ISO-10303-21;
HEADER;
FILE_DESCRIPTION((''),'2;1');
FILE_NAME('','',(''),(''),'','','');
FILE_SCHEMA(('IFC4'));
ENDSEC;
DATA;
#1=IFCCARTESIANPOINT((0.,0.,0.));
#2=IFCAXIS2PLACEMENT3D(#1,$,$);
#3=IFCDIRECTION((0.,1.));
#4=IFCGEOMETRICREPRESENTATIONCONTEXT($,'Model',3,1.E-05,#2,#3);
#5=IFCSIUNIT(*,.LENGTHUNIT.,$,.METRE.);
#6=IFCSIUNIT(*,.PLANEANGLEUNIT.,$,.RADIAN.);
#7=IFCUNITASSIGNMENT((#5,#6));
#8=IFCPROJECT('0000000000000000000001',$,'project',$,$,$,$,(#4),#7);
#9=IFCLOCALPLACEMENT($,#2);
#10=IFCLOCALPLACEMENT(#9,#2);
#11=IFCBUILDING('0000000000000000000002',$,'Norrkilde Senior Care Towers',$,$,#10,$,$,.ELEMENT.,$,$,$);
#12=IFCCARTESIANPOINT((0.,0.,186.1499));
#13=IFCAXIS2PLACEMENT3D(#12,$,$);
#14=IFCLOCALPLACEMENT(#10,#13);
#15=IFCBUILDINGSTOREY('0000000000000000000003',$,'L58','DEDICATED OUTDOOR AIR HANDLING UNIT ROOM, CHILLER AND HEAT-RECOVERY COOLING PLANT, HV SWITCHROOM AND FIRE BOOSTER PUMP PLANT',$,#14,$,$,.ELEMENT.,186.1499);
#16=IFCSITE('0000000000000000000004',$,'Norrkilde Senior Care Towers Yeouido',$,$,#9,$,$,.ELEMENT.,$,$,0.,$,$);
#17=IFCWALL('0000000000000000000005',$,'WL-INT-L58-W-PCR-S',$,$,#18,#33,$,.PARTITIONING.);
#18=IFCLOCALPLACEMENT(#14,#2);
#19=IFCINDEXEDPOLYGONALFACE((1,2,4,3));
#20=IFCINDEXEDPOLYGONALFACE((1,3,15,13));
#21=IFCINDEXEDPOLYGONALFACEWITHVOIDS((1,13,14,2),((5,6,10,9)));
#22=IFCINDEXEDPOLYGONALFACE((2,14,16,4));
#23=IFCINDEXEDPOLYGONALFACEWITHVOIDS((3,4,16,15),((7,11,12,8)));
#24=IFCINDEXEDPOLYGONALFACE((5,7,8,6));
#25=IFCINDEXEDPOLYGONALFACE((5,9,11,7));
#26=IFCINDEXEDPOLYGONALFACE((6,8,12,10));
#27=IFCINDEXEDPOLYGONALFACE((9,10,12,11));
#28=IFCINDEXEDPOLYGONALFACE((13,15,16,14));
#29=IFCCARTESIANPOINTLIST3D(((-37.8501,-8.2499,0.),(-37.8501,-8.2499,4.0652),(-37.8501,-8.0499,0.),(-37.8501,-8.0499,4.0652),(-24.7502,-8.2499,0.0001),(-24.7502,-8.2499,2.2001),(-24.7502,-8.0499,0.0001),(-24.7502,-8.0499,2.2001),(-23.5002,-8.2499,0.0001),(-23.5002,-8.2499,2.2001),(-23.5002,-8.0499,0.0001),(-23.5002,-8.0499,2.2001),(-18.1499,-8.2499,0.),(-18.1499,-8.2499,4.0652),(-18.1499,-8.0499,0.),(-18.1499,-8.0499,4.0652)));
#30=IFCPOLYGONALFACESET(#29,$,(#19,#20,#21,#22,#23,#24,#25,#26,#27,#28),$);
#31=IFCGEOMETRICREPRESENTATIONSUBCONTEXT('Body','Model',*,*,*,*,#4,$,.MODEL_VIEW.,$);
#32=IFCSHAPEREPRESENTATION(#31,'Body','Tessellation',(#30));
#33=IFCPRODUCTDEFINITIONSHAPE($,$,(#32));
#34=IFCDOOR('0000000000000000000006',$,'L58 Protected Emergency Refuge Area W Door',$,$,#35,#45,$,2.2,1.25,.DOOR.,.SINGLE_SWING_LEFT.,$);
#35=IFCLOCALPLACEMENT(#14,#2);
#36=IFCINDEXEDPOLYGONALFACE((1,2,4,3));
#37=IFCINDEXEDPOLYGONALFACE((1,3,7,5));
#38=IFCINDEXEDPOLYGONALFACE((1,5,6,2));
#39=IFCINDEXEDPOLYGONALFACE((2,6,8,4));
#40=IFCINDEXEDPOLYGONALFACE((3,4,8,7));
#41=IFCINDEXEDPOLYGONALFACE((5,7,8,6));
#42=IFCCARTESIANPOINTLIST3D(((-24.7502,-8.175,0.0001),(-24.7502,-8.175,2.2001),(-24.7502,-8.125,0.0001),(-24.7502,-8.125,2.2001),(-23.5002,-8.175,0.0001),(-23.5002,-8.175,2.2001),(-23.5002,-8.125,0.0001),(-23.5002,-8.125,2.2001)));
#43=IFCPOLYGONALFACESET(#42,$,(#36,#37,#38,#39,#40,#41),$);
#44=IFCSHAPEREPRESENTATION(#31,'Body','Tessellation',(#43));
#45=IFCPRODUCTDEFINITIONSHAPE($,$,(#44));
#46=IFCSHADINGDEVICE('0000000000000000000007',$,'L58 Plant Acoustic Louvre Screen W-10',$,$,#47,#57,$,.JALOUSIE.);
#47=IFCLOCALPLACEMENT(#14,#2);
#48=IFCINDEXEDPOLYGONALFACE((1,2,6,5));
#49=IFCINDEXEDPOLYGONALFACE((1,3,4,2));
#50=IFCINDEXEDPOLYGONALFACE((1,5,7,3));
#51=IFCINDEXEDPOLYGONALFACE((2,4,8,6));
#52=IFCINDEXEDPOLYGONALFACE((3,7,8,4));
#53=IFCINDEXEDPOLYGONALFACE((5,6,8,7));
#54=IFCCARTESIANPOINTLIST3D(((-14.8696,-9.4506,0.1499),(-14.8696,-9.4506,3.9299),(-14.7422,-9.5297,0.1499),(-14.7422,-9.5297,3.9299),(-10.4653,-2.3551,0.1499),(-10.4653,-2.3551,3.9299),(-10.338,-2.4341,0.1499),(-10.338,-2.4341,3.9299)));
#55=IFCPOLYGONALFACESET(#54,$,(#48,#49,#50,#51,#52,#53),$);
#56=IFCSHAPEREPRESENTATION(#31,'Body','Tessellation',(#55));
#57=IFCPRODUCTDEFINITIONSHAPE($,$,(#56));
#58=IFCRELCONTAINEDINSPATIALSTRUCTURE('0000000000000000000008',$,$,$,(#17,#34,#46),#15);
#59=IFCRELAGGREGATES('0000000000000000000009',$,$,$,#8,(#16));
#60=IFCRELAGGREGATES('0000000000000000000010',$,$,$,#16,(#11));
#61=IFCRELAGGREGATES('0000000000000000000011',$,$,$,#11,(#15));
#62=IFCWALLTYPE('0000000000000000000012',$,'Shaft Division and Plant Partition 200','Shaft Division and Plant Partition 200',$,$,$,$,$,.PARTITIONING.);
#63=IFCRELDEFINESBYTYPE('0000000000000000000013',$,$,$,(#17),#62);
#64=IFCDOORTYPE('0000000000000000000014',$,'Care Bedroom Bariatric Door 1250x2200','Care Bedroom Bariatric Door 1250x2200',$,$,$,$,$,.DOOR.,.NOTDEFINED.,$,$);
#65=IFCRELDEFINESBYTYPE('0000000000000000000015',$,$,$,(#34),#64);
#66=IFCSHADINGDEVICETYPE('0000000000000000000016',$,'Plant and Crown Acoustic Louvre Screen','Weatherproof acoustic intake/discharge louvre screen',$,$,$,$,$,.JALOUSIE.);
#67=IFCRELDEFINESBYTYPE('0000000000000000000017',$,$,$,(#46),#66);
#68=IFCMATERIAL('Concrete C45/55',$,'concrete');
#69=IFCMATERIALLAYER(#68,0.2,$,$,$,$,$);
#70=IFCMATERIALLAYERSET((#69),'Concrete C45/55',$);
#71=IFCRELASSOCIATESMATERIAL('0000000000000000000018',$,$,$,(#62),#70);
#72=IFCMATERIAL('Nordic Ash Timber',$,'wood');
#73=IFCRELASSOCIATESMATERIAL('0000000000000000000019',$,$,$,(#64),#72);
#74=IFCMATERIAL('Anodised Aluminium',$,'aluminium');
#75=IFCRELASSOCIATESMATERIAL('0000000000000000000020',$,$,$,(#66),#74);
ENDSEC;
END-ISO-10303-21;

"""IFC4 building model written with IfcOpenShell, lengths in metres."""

from ifc_helpers import new_model, si_unit, direction, frame, frame_2d, origin, origin_2d, place, context, subcontext, project, spatial, rectangle, extrude, source, transform, mapped, material, layer, layer_set, type_object, type_shapes, element, fill, save


model = new_model("IFC4")

# Units and contexts
model_context = context("Model", 3, precision=1e-05, world=origin(), true_north=direction((0.0, 1.0)))
body_context = subcontext(model_context, "Body", "Model", "MODEL_VIEW")
ifc_project = project(units=[si_unit("LENGTHUNIT", "METRE"), si_unit("PLANEANGLEUNIT", "RADIAN")], contexts=[model_context])

# Site, building, storey
site_placement = place(None, origin())
site = spatial("IfcSite", under=ifc_project, at=site_placement, Name="Norrkilde Senior Care Towers Yeouido", CompositionType="ELEMENT", RefElevation=0.0)
building_placement = place(site_placement, origin())
building = spatial("IfcBuilding", under=site, at=building_placement, Name="Norrkilde Senior Care Towers", CompositionType="ELEMENT")
storey_placement = place(building_placement, frame((0.0, 0.0, 186.1499)))
storey = spatial("IfcBuildingStorey", under=building, at=storey_placement, Name="L58", Description="DEDICATED OUTDOOR AIR HANDLING UNIT ROOM, CHILLER AND HEAT-RECOVERY COOLING PLANT, HV SWITCHROOM AND FIRE BOOSTER PUMP PLANT", CompositionType="ELEMENT", Elevation=186.1499)

# Shared definitions
ifc_material_1 = material(Name="Anodised Aluminium", Category="aluminium")

# Wall, opening, door
ifc_material_2 = material(Name="Concrete C45/55", Category="concrete")
ifc_layer_1 = layer(ifc_material_2, 0.2)
ifc_layer_set_1 = layer_set([ifc_layer_1], Name="Concrete C45/55")
wall_type = type_object("IfcWallType", Name="Shaft Division and Plant Partition 200", Description="Shaft Division and Plant Partition 200", PredefinedType="PARTITIONING", material=ifc_layer_set_1)
shared_shape_1 = source(origin(), body_context, "Body", "SweptSolid", [
    extrude(rectangle(XDim=19.7002, YDim=0.2, at=frame_2d((9.8501, 0.0))), origin(), (0.0, 0.0, 1.0), 4.0652),
])
type_shapes(wall_type, [shared_shape_1])
wall_placement = place(storey_placement, frame((-18.1499, -8.1499, 0.0), z_axis=(0.0, 0.0, 1.0), x_axis=(-1.0, 0.0, 0.0)))
wall = element("IfcWall", 1, at=wall_placement, inside=storey, type_object=wall_type, Name="WL-INT-L58-W-PCR-S", PredefinedType="PARTITIONING", context=body_context, shape_type="MappedRepresentation", body=[
    mapped(shared_shape_1, transform((0.0, 0.0, 0.0), x_axis=(1.0, 0.0, 0.0), y_axis=(0.0, 1.0, 0.0), z_axis=(0.0, 0.0, 1.0), scale=1.0)),
])
opening_placement = place(wall_placement, frame((5.3503, 0.0, 0.0)))
opening = element("IfcOpeningElement", 2, at=opening_placement, cuts=wall, PredefinedType="OPENING", context=body_context, shape_type="SweptSolid", body=[
    extrude(rectangle(XDim=1.25, YDim=2.2, at=frame_2d((0.625, 1.1001))), frame((0.0, 0.1099, 0.0), z_axis=(0.0, -1.0, 0.0), x_axis=(1.0, 0.0, 0.0)), (0.0, 0.0, 1.0), 0.22),
])
ifc_material_3 = material(Name="Nordic Ash Timber", Category="wood")
door_type = type_object("IfcDoorType", Name="Care Bedroom Bariatric Door 1250x2200", Description="Care Bedroom Bariatric Door 1250x2200", OperationType="NOTDEFINED", PredefinedType="DOOR", material=ifc_material_3)
shared_shape_2 = source(origin(), body_context, "Body", "SweptSolid", [
    extrude(rectangle(XDim=1.25, YDim=2.2, at=frame_2d((0.625, 1.1001))), frame((0.0, 0.0249, 0.0), z_axis=(0.0, -1.0, 0.0), x_axis=(1.0, 0.0, 0.0)), (0.0, 0.0, 1.0), 0.05),
])
type_shapes(door_type, [shared_shape_2])
door_placement = place(opening_placement, frame((1.25, 0.0, 0.0), z_axis=(0.0, 0.0, 1.0), x_axis=(-1.0, 0.0, 0.0)))
door = element("IfcDoor", 3, at=door_placement, inside=storey, type_object=door_type, Name="L58 Protected Emergency Refuge Area W Door", OperationType="SINGLE_SWING_LEFT", OverallHeight=2.2, OverallWidth=1.25, PredefinedType="DOOR", context=body_context, shape_type="MappedRepresentation", body=[
    mapped(shared_shape_2, transform((0.0, 0.0, 0.0), x_axis=(1.0, 0.0, 0.0), y_axis=(0.0, 1.0, 0.0), z_axis=(0.0, 0.0, 1.0), scale=1.0)),
])
fill(opening, door)

# Shading device
shading_device_type = type_object("IfcShadingDeviceType", Name="Plant and Crown Acoustic Louvre Screen", Description="Weatherproof acoustic intake/discharge louvre screen", PredefinedType="JALOUSIE", material=ifc_material_1)
shared_shape_3 = source(origin(), body_context, "Body", "SweptSolid", [
    extrude(rectangle(XDim=8.3513, YDim=0.1499, at=origin_2d()), origin(), (0.0, 0.0, 1.0), 3.78),
])
type_shapes(shading_device_type, [shared_shape_3])
shading_device_placement = place(storey_placement, frame((-12.6038, -5.9424, 0.1499), z_axis=(0.0, 0.0, 1.0), x_axis=(-0.527373, -0.849634, 0.0)))
element("IfcShadingDevice", 4, at=shading_device_placement, inside=storey, type_object=shading_device_type, Name="L58 Plant Acoustic Louvre Screen W-10", PredefinedType="JALOUSIE", context=body_context, shape_type="MappedRepresentation", body=[
    mapped(shared_shape_3, transform((0.0, 0.0, 0.0), x_axis=(1.0, 0.0, 0.0), y_axis=(0.0, 1.0, 0.0), z_axis=(0.0, 0.0, 1.0), scale=1.0)),
])

save(model, "model.ifc")
